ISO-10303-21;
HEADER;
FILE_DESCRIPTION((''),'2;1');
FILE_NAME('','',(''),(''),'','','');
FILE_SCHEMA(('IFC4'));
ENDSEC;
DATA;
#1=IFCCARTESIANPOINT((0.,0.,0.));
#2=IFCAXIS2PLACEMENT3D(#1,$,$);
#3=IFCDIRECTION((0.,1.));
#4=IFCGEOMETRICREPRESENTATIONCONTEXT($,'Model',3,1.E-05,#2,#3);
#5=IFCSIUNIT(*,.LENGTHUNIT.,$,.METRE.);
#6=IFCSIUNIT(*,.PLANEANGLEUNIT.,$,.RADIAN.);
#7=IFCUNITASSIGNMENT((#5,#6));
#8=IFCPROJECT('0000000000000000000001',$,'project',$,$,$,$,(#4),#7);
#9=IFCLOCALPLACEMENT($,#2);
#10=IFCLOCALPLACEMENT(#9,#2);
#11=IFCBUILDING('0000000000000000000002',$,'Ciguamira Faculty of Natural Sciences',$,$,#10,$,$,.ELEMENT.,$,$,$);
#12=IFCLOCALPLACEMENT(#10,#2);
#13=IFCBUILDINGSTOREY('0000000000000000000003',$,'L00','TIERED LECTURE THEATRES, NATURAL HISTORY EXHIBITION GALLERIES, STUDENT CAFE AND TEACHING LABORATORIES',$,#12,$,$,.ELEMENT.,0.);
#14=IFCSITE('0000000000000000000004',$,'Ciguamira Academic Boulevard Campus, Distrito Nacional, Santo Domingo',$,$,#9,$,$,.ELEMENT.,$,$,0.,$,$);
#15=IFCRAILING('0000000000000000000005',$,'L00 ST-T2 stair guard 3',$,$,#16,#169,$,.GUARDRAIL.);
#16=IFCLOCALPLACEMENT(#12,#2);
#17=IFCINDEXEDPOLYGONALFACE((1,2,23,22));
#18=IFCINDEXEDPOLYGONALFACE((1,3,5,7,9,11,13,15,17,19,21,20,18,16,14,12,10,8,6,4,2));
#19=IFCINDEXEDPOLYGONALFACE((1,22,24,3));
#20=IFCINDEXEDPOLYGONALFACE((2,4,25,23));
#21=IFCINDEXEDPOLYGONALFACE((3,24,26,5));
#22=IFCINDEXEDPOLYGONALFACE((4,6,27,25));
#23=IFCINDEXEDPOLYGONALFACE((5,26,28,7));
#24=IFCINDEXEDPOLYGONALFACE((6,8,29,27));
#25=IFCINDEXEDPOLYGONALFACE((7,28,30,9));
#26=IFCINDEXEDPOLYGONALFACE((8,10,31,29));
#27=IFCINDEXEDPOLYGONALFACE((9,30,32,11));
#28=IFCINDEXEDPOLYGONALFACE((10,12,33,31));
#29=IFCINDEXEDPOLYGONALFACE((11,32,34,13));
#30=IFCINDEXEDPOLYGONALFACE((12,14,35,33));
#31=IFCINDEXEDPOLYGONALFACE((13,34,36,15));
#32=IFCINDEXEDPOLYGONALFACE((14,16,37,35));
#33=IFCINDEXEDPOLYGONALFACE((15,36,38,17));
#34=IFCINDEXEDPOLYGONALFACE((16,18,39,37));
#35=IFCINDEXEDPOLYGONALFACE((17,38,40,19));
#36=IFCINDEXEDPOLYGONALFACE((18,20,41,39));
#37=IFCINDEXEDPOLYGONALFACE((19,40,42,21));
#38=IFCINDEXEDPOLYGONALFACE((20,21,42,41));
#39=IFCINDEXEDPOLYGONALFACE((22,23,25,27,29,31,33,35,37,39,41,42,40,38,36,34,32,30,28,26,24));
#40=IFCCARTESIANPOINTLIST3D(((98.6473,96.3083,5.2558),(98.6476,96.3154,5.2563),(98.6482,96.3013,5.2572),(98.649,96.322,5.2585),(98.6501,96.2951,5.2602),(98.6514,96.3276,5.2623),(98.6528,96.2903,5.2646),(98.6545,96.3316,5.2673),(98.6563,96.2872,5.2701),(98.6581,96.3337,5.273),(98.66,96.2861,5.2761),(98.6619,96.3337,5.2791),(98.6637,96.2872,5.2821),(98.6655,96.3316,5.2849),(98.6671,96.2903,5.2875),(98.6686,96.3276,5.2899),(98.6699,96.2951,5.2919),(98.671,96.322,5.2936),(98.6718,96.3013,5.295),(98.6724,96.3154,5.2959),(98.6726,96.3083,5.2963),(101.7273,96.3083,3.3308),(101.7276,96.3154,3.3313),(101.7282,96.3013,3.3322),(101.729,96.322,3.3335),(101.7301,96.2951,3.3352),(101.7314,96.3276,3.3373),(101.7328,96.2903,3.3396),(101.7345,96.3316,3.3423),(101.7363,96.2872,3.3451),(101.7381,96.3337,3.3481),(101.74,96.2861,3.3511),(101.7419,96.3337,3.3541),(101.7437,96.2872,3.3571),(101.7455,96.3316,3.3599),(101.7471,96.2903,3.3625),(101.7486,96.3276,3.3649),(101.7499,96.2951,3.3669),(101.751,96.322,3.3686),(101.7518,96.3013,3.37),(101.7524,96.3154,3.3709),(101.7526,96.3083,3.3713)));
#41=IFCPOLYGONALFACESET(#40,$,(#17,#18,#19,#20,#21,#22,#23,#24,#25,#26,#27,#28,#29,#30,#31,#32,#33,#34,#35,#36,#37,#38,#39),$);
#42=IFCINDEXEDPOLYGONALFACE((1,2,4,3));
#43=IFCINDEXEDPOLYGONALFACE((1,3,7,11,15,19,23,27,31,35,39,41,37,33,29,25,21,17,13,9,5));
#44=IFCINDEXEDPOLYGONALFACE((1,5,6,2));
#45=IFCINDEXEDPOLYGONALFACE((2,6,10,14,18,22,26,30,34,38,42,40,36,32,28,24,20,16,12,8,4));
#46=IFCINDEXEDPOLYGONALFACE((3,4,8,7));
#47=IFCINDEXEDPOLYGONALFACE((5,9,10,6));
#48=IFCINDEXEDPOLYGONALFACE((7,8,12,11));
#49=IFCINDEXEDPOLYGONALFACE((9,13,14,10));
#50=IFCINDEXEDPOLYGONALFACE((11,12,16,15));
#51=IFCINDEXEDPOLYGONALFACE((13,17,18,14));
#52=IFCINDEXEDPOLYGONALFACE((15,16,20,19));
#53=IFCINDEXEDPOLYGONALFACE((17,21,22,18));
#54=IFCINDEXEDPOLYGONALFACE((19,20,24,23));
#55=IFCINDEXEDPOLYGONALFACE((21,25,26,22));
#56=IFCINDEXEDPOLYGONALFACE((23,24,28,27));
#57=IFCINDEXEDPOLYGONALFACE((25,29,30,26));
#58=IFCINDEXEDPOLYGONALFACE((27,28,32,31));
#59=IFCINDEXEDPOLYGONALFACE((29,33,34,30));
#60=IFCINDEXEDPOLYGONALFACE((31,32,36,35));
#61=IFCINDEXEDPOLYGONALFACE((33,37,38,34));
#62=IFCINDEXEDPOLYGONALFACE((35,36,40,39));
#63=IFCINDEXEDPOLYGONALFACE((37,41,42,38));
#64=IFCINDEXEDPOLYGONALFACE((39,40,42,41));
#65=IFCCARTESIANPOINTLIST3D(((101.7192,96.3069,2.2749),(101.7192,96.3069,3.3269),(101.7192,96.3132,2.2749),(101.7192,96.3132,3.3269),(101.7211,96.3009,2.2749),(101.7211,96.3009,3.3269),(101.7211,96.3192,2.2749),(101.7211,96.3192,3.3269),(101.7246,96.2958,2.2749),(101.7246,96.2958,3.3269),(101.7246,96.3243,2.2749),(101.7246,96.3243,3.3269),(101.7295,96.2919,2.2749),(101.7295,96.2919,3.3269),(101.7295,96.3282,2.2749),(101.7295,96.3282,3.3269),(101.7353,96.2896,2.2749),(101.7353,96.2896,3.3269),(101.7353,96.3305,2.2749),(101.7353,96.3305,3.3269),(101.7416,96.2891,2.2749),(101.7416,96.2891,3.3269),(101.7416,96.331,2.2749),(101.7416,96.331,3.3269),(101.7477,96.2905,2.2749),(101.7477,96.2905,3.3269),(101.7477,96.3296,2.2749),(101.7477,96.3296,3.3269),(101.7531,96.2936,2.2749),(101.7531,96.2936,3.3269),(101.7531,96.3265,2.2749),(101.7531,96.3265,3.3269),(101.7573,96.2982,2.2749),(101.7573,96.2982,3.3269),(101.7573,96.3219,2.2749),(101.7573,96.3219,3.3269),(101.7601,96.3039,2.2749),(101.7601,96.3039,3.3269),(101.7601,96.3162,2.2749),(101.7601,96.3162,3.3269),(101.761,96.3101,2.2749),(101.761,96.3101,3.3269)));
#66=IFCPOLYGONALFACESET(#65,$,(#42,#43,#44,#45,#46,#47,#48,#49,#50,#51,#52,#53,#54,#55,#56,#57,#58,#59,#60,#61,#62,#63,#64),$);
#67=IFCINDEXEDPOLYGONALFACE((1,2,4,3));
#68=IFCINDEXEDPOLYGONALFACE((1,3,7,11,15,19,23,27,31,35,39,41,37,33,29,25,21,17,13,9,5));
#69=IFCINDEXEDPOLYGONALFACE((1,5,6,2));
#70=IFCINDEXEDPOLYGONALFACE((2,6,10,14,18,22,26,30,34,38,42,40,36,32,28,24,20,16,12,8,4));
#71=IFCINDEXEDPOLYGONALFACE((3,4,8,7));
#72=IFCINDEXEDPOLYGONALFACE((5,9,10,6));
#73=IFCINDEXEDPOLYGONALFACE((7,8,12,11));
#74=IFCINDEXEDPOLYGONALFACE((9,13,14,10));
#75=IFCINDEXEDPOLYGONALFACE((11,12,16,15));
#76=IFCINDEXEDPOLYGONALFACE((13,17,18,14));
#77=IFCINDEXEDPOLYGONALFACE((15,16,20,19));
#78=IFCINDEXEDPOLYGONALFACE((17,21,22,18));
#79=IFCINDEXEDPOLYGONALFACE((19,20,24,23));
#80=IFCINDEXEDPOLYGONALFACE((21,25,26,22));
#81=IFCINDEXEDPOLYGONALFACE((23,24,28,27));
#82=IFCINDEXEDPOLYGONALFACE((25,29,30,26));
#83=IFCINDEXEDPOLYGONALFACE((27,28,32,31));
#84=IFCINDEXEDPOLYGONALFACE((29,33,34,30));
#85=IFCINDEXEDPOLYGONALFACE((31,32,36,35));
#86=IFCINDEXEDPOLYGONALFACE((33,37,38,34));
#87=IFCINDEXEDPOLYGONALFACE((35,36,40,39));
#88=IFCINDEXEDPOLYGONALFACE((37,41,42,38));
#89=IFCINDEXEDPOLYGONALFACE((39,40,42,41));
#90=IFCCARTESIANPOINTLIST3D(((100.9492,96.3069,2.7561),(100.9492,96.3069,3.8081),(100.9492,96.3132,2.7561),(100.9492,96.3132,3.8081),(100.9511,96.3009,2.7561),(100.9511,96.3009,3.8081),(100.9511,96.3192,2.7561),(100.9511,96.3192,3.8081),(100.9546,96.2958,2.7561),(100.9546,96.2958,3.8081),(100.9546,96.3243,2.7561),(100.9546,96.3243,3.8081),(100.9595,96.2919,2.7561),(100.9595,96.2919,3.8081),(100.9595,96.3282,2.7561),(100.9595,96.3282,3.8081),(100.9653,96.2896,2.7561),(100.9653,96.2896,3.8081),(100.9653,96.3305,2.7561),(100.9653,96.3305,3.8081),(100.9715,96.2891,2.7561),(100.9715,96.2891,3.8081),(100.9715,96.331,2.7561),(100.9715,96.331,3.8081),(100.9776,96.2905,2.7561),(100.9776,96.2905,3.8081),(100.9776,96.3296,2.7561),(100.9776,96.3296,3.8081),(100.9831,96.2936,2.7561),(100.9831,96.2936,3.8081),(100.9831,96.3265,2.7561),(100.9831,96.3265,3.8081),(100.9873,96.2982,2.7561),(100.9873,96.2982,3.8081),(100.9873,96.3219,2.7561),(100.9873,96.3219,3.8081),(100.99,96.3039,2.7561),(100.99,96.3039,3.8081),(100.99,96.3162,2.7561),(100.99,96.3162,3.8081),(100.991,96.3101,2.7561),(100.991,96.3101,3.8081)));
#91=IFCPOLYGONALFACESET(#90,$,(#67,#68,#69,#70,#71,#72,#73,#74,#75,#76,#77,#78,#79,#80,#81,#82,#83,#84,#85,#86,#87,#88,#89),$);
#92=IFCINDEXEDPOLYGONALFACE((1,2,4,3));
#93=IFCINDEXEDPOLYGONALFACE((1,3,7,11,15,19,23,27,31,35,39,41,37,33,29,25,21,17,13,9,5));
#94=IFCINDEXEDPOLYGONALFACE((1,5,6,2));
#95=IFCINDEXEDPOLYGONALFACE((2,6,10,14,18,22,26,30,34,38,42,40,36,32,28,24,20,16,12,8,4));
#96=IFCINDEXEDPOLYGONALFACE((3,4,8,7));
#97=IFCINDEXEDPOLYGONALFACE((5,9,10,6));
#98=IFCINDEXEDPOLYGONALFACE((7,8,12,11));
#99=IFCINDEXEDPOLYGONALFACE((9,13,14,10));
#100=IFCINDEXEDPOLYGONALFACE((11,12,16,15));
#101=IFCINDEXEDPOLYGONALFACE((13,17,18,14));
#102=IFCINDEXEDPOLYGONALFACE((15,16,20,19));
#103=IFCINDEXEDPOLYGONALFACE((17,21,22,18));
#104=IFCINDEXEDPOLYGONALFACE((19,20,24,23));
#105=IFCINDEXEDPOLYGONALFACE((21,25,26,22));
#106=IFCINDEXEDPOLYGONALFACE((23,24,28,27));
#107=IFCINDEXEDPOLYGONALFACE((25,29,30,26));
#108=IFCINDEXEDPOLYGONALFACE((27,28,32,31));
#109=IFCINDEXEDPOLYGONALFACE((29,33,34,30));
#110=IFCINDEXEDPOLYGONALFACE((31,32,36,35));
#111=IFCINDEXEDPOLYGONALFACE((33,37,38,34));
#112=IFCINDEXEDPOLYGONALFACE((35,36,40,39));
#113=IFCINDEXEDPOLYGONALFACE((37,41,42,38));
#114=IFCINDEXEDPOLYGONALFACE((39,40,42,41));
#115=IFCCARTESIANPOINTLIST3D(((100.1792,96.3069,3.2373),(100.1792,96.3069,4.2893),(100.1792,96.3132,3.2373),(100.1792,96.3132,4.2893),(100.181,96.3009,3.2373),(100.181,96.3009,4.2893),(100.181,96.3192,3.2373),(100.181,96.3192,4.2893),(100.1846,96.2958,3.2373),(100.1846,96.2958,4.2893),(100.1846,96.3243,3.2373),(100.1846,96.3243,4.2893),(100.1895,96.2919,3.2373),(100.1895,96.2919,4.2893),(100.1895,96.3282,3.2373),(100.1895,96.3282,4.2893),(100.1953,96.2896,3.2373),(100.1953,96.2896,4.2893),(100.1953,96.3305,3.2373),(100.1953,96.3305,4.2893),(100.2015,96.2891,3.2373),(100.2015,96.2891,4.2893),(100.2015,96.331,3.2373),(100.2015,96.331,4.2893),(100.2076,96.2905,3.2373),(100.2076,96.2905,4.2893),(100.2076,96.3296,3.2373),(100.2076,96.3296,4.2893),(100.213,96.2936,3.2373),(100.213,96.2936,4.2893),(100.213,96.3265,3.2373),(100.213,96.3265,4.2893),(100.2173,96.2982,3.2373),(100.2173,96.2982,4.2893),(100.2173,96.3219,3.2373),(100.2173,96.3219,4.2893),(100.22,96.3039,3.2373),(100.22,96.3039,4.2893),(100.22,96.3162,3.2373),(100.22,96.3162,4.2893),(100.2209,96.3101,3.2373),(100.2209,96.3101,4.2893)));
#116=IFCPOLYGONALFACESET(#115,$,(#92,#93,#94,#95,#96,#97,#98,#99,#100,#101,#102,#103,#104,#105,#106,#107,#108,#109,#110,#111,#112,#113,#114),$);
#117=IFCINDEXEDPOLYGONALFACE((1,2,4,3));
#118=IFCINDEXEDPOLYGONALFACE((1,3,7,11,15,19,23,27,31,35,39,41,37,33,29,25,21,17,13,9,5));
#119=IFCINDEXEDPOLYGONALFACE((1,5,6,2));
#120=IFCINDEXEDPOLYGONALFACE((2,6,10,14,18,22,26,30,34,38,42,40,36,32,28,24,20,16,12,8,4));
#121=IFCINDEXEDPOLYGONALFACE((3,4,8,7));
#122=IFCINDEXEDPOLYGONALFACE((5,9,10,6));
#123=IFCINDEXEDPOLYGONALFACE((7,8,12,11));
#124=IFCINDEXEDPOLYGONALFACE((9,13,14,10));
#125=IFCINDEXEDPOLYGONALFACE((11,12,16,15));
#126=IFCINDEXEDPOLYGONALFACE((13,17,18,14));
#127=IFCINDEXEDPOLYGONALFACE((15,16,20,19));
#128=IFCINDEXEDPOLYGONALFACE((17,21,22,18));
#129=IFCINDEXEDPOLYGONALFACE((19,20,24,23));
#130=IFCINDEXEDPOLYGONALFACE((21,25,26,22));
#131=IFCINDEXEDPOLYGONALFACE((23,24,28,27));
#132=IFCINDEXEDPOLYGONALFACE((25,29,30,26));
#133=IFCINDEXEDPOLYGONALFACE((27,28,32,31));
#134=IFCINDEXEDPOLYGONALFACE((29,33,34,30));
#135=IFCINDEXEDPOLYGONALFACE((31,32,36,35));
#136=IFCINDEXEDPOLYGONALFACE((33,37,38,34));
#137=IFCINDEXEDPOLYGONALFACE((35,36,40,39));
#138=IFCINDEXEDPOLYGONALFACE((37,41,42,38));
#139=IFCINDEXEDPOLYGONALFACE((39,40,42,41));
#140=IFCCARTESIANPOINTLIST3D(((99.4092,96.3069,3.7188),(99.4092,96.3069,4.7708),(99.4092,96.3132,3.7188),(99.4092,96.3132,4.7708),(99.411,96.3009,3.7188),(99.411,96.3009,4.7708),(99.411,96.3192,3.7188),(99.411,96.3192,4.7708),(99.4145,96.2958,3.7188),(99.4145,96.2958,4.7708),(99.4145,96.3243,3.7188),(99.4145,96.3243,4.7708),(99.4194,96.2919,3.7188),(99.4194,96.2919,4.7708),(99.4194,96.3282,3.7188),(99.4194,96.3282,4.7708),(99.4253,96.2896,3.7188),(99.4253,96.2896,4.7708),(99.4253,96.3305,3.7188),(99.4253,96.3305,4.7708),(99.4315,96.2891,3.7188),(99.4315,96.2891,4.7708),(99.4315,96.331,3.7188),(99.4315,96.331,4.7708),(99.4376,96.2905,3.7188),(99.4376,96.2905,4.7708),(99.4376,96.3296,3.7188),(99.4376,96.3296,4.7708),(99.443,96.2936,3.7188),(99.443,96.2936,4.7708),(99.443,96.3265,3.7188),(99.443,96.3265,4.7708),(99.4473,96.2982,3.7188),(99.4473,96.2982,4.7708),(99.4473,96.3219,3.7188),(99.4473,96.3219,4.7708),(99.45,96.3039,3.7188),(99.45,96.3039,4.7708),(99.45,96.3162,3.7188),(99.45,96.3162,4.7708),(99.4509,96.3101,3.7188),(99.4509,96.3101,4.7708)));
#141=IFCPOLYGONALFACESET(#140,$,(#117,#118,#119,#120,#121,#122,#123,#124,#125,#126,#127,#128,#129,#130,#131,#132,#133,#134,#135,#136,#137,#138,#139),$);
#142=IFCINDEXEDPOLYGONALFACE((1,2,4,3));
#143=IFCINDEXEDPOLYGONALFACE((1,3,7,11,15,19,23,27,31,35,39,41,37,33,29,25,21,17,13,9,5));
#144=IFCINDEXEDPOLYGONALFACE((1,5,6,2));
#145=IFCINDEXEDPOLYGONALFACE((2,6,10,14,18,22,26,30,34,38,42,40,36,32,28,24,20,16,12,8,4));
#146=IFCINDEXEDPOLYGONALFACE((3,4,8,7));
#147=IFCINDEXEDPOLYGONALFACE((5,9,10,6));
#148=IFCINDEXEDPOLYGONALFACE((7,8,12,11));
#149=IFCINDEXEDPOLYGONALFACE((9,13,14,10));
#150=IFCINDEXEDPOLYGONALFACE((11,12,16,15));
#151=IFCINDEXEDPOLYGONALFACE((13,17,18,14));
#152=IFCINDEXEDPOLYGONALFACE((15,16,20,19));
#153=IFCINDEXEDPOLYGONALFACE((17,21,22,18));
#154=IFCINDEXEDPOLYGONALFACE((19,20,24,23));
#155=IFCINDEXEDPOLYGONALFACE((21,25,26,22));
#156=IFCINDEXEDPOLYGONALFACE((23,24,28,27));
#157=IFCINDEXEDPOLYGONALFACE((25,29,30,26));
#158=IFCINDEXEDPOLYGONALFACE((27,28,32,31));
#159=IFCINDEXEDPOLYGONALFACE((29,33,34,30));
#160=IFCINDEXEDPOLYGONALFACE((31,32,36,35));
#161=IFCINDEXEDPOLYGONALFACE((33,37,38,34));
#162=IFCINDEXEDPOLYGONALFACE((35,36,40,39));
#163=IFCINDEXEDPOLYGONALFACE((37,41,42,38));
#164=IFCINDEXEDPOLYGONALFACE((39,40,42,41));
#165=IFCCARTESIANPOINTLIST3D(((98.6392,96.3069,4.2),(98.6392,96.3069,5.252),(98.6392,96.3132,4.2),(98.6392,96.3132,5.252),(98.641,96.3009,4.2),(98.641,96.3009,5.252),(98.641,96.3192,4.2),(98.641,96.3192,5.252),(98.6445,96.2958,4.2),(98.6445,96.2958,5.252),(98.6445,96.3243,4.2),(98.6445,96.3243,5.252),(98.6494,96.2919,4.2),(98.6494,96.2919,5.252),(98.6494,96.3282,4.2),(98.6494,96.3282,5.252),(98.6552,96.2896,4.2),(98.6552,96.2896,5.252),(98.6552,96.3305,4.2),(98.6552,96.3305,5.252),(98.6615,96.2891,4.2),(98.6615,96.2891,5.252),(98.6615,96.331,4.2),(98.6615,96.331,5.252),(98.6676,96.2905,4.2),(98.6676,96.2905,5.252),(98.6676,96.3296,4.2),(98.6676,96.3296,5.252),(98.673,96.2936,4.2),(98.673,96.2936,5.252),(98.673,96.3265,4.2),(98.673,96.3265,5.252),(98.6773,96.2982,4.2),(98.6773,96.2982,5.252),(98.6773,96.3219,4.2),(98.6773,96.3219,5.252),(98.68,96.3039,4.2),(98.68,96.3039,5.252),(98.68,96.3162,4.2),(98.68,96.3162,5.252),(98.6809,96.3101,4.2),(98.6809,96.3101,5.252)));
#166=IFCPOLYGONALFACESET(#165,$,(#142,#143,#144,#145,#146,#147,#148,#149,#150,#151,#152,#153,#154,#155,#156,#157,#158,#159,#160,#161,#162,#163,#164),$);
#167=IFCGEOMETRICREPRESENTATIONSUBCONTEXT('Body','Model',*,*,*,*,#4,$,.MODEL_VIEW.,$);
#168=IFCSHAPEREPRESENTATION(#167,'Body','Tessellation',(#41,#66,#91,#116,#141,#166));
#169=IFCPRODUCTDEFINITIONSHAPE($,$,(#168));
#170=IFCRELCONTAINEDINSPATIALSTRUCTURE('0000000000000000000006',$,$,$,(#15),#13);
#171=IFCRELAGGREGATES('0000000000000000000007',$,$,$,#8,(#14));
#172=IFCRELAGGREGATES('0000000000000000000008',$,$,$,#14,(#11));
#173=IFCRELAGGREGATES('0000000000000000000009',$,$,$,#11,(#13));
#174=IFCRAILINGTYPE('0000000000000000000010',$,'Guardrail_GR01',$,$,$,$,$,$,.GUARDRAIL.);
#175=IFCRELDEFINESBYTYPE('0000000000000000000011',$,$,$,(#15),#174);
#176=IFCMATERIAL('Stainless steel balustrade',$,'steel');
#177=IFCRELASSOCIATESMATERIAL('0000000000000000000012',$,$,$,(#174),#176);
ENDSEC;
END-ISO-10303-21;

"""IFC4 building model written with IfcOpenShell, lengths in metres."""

from ifc_helpers import new_model, si_unit, direction, frame, origin, origin_2d, place, context, subcontext, project, spatial, circle, extrude, material, type_object, element, save


model = new_model("IFC4")

# Units and contexts
model_context = context("Model", 3, precision=1e-05, world=origin(), true_north=direction((0.0, 1.0)))
body_context = subcontext(model_context, "Body", "Model", "MODEL_VIEW")
ifc_project = project(units=[si_unit("LENGTHUNIT", "METRE"), si_unit("PLANEANGLEUNIT", "RADIAN")], contexts=[model_context])

# Site, building, storey
site_placement = place(None, origin())
site = spatial("IfcSite", under=ifc_project, at=site_placement, Name="Ciguamira Academic Boulevard Campus, Distrito Nacional, Santo Domingo", CompositionType="ELEMENT", RefElevation=0.0)
building_placement = place(site_placement, origin())
building = spatial("IfcBuilding", under=site, at=building_placement, Name="Ciguamira Faculty of Natural Sciences", CompositionType="ELEMENT")
storey_placement = place(building_placement, origin())
storey = spatial("IfcBuildingStorey", under=building, at=storey_placement, Name="L00", Description="TIERED LECTURE THEATRES, NATURAL HISTORY EXHIBITION GALLERIES, STUDENT CAFE AND TEACHING LABORATORIES", CompositionType="ELEMENT", Elevation=0.0)

# Railing
ifc_material_1 = material(Name="Stainless steel balustrade", Category="steel")
railing_type_1 = type_object("IfcRailingType", Name="Guardrail_GR01", PredefinedType="GUARDRAIL", material=ifc_material_1)
railing_1_placement = place(storey_placement, frame((101.74, 96.3101, 2.2749)))
element("IfcRailing", 1, at=railing_1_placement, inside=storey, type_object=railing_type_1, Name="L00 ST-T2 stair guard 3", PredefinedType="GUARDRAIL", context=body_context, shape_type="SweptSolid", body=[
    extrude(circle(Radius=0.0239, at=origin_2d()), frame((0.0, 0.0, 1.0762), z_axis=(-0.847998, 0.0, 0.529999), x_axis=(0.0, -1.0, 0.0)), (0.0, 0.0, 1.0), 3.6321),
    extrude(circle(Radius=0.021, at=origin_2d()), origin(), (0.0, 0.0, 1.0), 1.052),
    extrude(circle(Radius=0.021, at=origin_2d()), frame((-0.77, 0.0, 0.4812)), (0.0, 0.0, 1.0), 1.052),
    extrude(circle(Radius=0.021, at=origin_2d()), frame((-1.54, 0.0, 0.9624)), (0.0, 0.0, 1.0), 1.052),
    extrude(circle(Radius=0.021, at=origin_2d()), frame((-2.3101, 0.0, 1.4438)), (0.0, 0.0, 1.0), 1.052),
    extrude(circle(Radius=0.021, at=origin_2d()), frame((-3.0801, 0.0, 1.925)), (0.0, 0.0, 1.0), 1.052),
])

save(model, "model.ifc")
